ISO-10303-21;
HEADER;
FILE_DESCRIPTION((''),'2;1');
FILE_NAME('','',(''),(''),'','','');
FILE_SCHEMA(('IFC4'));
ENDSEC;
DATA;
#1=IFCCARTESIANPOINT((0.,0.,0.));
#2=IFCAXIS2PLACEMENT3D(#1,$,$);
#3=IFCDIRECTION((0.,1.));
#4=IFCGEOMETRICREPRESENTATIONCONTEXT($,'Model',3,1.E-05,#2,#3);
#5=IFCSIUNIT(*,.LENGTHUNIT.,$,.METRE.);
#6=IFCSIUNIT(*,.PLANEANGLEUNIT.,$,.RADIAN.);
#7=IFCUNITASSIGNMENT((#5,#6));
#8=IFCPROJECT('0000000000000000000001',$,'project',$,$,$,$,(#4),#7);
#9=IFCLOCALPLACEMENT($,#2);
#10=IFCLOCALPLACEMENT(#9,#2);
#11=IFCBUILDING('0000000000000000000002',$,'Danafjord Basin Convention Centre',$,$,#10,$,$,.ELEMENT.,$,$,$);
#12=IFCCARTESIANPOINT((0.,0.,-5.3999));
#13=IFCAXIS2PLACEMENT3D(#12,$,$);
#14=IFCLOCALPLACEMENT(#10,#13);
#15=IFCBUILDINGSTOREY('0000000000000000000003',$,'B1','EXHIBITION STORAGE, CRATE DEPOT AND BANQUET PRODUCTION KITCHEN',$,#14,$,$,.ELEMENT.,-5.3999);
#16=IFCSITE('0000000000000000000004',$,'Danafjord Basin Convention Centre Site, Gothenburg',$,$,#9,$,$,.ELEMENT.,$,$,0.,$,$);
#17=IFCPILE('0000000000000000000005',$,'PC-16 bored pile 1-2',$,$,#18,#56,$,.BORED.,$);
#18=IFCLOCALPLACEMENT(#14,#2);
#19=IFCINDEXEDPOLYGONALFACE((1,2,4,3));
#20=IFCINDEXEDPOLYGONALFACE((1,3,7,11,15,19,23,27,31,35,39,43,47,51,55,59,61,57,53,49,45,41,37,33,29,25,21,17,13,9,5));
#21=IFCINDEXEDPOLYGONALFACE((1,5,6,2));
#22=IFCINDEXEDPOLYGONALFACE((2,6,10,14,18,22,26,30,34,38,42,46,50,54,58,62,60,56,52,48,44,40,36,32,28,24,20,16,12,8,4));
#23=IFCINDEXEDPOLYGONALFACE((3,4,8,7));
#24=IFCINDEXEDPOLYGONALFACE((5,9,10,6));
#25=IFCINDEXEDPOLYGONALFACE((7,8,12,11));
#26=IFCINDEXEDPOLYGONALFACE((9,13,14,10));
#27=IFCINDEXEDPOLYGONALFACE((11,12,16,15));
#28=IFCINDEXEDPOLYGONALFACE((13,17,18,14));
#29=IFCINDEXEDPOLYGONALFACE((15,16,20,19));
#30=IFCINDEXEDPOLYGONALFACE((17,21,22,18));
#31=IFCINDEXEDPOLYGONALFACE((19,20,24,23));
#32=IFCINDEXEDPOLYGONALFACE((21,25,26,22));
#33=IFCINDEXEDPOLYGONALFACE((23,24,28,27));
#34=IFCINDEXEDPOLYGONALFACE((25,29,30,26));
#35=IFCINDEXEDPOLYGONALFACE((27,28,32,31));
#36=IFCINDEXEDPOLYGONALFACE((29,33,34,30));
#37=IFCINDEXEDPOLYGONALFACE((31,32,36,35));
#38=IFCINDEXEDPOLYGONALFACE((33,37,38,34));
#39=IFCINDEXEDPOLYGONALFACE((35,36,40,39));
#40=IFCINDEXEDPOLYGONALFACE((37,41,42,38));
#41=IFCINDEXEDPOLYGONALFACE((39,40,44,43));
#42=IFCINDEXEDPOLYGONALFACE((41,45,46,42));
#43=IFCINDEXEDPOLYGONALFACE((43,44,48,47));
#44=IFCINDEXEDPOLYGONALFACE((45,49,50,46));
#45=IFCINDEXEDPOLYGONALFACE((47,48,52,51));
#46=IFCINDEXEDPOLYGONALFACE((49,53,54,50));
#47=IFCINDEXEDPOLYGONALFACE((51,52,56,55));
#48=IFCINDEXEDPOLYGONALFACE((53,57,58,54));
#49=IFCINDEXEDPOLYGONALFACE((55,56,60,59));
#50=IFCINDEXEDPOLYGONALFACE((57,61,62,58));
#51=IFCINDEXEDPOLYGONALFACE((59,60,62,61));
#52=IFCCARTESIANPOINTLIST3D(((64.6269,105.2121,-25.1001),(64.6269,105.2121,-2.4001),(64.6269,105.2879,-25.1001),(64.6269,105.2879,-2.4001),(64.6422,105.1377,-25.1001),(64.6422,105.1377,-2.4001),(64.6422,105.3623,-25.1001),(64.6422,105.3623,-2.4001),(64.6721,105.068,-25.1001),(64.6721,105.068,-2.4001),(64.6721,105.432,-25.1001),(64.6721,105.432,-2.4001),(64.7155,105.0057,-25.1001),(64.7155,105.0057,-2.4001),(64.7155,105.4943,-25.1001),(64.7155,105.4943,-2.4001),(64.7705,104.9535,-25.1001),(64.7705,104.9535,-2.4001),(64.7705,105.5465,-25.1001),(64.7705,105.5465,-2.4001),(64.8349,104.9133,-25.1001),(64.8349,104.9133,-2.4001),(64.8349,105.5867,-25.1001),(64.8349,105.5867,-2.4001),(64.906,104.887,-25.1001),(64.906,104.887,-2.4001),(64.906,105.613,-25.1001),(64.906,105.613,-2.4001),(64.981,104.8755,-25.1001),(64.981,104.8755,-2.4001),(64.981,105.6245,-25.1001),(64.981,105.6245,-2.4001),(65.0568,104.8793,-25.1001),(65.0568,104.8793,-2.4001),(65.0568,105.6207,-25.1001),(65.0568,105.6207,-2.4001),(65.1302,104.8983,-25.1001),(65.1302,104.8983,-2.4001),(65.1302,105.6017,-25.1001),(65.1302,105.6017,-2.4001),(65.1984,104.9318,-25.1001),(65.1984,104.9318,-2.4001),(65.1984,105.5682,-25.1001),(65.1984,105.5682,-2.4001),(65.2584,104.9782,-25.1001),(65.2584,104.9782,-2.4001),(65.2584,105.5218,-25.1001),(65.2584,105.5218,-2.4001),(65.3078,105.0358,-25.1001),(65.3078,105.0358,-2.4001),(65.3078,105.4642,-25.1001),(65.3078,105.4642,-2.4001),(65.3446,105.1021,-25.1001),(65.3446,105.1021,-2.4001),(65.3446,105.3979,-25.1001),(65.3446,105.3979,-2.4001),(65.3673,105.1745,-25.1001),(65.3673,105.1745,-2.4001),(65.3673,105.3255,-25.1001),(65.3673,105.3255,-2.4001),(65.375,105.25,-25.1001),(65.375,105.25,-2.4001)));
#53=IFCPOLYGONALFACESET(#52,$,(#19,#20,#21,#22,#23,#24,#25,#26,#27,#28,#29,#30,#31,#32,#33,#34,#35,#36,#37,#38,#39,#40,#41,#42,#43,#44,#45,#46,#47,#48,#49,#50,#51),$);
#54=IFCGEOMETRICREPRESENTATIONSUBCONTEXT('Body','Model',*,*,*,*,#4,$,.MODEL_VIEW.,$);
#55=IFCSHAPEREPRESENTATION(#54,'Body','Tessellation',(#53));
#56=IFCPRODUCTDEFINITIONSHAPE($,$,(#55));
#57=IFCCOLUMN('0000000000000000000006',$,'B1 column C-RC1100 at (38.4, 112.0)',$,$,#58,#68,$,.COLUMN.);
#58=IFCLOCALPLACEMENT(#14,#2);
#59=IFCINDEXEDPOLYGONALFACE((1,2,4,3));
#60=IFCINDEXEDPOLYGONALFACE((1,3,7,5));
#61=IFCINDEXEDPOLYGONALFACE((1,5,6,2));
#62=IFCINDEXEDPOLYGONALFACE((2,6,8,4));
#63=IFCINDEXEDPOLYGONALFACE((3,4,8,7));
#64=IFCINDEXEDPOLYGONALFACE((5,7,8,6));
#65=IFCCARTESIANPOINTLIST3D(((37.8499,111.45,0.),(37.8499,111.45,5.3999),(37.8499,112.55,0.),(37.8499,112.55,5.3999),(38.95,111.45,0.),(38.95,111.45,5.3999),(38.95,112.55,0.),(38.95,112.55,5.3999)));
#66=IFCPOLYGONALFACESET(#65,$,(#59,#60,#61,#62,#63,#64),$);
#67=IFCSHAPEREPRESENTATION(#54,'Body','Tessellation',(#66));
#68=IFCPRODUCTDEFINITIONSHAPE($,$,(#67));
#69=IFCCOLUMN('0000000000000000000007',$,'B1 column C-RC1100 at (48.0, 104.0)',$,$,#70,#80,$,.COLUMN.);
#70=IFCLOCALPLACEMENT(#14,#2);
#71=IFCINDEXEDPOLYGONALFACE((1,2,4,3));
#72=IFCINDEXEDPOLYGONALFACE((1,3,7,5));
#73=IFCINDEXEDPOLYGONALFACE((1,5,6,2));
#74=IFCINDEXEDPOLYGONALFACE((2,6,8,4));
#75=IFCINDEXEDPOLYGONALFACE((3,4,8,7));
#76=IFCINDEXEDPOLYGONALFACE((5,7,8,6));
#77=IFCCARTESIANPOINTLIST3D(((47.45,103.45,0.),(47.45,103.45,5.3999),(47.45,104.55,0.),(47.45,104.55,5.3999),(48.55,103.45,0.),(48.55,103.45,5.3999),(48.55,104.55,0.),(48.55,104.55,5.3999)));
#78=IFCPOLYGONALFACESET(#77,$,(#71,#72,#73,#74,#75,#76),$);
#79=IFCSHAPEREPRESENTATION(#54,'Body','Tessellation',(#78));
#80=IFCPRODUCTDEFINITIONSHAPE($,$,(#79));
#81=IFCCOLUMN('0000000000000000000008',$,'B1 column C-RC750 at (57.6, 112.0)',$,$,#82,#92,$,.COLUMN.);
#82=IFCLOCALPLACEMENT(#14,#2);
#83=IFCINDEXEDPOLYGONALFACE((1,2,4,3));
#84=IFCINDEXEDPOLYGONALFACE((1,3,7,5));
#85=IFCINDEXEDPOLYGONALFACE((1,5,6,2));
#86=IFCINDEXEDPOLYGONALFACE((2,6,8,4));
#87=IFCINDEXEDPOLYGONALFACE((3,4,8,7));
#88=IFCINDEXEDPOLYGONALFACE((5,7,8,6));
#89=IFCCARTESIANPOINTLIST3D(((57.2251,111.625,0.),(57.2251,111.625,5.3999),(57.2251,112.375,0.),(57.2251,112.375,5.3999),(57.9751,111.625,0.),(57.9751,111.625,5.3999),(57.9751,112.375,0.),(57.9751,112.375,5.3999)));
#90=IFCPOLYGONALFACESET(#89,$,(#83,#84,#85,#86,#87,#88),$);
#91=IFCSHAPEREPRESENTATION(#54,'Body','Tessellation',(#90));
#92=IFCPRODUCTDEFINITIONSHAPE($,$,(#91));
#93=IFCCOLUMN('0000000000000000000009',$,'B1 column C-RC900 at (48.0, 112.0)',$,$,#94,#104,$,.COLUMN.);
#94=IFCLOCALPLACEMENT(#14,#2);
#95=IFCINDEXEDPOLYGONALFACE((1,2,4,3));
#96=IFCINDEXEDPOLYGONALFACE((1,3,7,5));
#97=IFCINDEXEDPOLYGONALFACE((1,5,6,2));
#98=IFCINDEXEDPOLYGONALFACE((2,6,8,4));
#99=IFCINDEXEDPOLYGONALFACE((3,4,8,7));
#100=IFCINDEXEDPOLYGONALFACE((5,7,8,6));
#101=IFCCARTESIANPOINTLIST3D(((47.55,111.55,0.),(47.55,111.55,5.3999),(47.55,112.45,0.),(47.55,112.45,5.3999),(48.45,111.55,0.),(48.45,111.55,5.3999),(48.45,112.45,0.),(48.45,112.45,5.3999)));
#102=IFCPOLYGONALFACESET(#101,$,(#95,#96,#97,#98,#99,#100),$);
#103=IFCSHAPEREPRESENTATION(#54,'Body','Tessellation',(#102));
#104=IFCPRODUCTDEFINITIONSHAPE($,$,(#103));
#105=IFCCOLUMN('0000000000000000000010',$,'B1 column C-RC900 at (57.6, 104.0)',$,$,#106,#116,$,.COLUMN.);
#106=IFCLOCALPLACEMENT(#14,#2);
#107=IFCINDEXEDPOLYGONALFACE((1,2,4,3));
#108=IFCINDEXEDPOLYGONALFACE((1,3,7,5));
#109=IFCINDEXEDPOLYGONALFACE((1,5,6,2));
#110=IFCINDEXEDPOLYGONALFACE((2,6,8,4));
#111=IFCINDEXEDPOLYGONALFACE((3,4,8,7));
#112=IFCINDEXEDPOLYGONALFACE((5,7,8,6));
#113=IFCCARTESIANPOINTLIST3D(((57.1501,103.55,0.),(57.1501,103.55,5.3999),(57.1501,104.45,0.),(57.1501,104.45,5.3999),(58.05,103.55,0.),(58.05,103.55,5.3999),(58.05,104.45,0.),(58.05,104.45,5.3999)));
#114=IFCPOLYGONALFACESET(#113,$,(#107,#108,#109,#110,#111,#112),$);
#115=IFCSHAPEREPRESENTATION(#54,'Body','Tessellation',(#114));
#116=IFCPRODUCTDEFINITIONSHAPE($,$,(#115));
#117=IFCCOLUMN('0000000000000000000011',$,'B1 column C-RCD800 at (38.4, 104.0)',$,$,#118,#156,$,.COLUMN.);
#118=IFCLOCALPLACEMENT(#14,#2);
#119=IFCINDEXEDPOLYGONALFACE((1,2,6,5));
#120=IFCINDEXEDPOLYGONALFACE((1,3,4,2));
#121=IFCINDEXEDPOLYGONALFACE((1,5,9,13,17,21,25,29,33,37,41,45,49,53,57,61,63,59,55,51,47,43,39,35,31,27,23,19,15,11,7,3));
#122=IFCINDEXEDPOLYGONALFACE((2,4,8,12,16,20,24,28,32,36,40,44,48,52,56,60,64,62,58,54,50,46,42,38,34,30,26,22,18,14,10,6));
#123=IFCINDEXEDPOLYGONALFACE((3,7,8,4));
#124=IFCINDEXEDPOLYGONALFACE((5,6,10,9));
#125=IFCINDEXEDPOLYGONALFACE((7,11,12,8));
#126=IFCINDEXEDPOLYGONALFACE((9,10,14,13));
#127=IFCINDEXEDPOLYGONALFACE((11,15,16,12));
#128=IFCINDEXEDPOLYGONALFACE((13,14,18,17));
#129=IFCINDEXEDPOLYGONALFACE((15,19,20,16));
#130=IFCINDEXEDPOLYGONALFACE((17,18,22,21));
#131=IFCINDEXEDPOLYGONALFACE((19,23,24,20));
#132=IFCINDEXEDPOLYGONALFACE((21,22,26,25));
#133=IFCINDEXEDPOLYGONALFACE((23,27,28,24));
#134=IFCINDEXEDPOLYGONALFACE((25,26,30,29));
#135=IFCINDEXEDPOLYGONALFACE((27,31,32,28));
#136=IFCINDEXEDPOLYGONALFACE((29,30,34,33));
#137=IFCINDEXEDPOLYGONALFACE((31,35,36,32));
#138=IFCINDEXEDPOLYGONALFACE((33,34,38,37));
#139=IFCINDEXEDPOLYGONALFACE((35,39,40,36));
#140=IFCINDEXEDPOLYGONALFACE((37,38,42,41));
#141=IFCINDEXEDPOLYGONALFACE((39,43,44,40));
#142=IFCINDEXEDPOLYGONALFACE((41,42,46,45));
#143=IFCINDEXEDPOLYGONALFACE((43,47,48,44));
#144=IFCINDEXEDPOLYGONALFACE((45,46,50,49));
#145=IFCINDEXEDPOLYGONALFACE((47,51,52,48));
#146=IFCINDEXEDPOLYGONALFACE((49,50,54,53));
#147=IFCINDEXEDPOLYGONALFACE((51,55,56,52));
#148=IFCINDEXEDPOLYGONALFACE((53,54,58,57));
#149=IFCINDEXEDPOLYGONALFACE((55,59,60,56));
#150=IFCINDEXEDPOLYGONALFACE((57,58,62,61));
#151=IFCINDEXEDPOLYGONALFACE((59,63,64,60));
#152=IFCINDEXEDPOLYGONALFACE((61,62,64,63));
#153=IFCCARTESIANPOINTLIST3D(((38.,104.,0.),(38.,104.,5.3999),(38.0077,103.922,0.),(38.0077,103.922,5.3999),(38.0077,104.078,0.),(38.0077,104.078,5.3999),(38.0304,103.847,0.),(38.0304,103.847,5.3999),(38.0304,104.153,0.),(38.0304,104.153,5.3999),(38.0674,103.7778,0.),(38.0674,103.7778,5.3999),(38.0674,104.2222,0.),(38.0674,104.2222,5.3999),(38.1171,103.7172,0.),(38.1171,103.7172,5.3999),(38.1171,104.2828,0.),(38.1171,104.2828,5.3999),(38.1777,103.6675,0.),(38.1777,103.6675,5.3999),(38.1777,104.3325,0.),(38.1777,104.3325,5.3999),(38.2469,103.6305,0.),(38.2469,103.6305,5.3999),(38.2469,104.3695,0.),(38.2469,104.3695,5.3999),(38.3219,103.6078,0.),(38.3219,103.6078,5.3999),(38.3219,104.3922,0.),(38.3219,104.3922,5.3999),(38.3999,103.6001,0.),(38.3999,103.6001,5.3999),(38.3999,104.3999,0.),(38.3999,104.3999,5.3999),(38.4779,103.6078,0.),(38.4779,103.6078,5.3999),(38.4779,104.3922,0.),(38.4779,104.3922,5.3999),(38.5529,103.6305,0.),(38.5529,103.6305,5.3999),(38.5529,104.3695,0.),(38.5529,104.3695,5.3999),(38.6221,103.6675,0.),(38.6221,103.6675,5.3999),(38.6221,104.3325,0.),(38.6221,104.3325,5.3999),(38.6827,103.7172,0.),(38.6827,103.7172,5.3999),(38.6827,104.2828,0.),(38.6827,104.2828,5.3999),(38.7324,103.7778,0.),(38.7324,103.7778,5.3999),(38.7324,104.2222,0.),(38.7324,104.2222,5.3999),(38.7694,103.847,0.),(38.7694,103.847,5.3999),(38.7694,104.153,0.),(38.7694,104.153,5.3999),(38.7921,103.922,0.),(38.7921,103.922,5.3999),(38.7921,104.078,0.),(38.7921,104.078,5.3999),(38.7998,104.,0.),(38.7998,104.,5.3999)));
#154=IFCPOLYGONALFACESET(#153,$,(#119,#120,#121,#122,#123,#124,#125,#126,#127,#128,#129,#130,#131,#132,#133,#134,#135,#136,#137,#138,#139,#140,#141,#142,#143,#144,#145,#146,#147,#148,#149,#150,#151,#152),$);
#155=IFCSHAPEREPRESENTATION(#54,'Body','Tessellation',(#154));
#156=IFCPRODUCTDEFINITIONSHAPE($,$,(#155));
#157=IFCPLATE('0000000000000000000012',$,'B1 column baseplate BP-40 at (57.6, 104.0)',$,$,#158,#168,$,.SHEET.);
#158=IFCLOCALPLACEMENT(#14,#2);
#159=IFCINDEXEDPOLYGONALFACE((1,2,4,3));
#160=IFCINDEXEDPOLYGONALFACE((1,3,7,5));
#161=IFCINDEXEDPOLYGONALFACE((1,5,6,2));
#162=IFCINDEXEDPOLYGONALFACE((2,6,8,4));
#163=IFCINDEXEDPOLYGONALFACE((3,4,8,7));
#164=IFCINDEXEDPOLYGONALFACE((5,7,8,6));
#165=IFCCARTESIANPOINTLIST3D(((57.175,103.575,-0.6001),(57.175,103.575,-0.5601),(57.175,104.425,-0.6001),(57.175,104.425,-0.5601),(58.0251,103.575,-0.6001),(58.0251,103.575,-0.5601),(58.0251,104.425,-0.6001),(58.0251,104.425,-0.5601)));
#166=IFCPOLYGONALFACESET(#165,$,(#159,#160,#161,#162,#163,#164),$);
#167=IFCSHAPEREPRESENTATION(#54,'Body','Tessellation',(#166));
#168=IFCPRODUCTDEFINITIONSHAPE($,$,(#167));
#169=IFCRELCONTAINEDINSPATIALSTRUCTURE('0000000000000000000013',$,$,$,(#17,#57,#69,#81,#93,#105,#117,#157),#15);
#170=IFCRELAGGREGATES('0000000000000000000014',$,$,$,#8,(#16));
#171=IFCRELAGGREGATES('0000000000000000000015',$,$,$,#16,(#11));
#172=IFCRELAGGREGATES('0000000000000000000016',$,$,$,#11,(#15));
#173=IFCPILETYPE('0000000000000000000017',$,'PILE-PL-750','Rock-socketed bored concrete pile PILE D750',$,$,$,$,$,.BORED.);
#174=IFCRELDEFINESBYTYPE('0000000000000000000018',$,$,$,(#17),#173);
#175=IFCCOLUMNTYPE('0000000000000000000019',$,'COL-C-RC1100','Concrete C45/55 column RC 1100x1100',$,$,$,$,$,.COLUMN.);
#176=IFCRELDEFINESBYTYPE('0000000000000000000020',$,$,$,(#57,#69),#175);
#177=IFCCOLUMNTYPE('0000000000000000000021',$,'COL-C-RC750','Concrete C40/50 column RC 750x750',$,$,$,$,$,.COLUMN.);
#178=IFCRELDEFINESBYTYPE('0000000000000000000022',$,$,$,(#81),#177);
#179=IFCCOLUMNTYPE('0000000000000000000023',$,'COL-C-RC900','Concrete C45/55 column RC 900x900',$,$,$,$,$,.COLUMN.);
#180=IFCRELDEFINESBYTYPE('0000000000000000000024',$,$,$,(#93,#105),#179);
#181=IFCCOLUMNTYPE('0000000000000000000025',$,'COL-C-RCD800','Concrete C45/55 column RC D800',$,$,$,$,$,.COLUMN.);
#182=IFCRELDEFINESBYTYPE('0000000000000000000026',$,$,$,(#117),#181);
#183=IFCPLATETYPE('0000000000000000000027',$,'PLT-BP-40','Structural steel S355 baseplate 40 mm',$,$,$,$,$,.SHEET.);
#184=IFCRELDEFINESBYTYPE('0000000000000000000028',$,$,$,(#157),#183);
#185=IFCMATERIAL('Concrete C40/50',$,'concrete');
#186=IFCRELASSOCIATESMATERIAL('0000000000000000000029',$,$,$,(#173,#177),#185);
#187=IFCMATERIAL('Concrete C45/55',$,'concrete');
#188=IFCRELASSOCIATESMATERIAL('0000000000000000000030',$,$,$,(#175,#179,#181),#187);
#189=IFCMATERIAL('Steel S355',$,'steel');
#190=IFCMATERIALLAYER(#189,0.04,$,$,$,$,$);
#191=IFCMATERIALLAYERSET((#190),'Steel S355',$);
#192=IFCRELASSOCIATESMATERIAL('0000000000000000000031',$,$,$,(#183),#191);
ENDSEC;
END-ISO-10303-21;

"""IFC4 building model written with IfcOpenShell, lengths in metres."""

from ifc_helpers import new_model, si_unit, direction, frame, origin, origin_2d, place, context, subcontext, project, spatial, rectangle, circle, extrude, material, layer, layer_set, material_profile, profile_set, type_object, element, save


model = new_model("IFC4")

# Units and contexts
model_context = context("Model", 3, precision=1e-05, world=origin(), true_north=direction((0.0, 1.0)))
body_context = subcontext(model_context, "Body", "Model", "MODEL_VIEW")
ifc_project = project(units=[si_unit("LENGTHUNIT", "METRE"), si_unit("PLANEANGLEUNIT", "RADIAN")], contexts=[model_context])

# Site, building, storey
site_placement = place(None, origin())
site = spatial("IfcSite", under=ifc_project, at=site_placement, Name="Danafjord Basin Convention Centre Site, Gothenburg", CompositionType="ELEMENT", RefElevation=0.0)
building_placement = place(site_placement, origin())
building = spatial("IfcBuilding", under=site, at=building_placement, Name="Danafjord Basin Convention Centre", CompositionType="ELEMENT")
storey_placement = place(building_placement, frame((0.0, 0.0, -5.3999)))
storey = spatial("IfcBuildingStorey", under=building, at=storey_placement, Name="B1", Description="EXHIBITION STORAGE, CRATE DEPOT AND BANQUET PRODUCTION KITCHEN", CompositionType="ELEMENT", Elevation=-5.3999)

# Shared definitions
ifc_material_1 = material(Name="Concrete C40/50", Category="concrete")

# Pile
ifc_material_profile_1 = material_profile(ifc_material_1, circle(Radius=0.375, at=origin_2d()), Name="PILE D750")
ifc_profile_set_1 = profile_set([ifc_material_profile_1], Name="Concrete C40/50")
pile_type_1 = type_object("IfcPileType", Name="PILE-PL-750", Description="Rock-socketed bored concrete pile PILE D750", PredefinedType="BORED", material=ifc_profile_set_1)
for number, where, z_axis, x_axis, name in (
    (1, (65.0, 105.25, -2.4001), (0.0, 0.0, -1.0), (1.0, 0.0, 0.0), "PC-16 bored pile 1-2"),
):
    element("IfcPile", number, at=place(storey_placement, frame(where, z_axis=z_axis, x_axis=x_axis)), inside=storey, type_object=pile_type_1, Name=name, PredefinedType="BORED", context=body_context, shape_type="SweptSolid", body=[
        extrude(circle(Radius=0.375, at=origin_2d()), origin(), (0.0, 0.0, 1.0), 22.7),
    ])

# Columns
ifc_material_2 = material(Name="Concrete C45/55", Category="concrete")
ifc_material_profile_2 = material_profile(ifc_material_2, rectangle(XDim=1.1001, YDim=1.1001, at=origin_2d()), Name="RC 1100x1100")
ifc_profile_set_2 = profile_set([ifc_material_profile_2], Name="Concrete C45/55")
column_type_1 = type_object("IfcColumnType", Name="COL-C-RC1100", Description="Concrete C45/55 column RC 1100x1100", PredefinedType="COLUMN", material=ifc_profile_set_2)
for number, where, z_axis, x_axis, name in (
    (2, (38.3999, 112.0, 0.0), (0.0, 0.0, 1.0), (1.0, 0.0, 0.0), "B1 column C-RC1100 at (38.4, 112.0)"),
    (3, (48.0, 104.0, 0.0), (0.0, 0.0, 1.0), (1.0, 0.0, 0.0), "B1 column C-RC1100 at (48.0, 104.0)"),
):
    element("IfcColumn", number, at=place(storey_placement, frame(where, z_axis=z_axis, x_axis=x_axis)), inside=storey, type_object=column_type_1, Name=name, PredefinedType="COLUMN", context=body_context, shape_type="SweptSolid", body=[
        extrude(rectangle(XDim=1.1001, YDim=1.1001, at=origin_2d()), origin(), (0.0, 0.0, 1.0), 5.3999),
    ])
ifc_material_profile_3 = material_profile(ifc_material_1, rectangle(XDim=0.75, YDim=0.75, at=origin_2d()), Name="RC 750x750")
ifc_profile_set_3 = profile_set([ifc_material_profile_3], Name="Concrete C40/50")
column_type_2 = type_object("IfcColumnType", Name="COL-C-RC750", Description="Concrete C40/50 column RC 750x750", PredefinedType="COLUMN", material=ifc_profile_set_3)
column_1_placement = place(storey_placement, frame((57.6001, 112.0, 0.0), z_axis=(0.0, 0.0, 1.0), x_axis=(1.0, 0.0, 0.0)))
element("IfcColumn", 4, at=column_1_placement, inside=storey, type_object=column_type_2, Name="B1 column C-RC750 at (57.6, 112.0)", PredefinedType="COLUMN", context=body_context, shape_type="SweptSolid", body=[
    extrude(rectangle(XDim=0.75, YDim=0.75, at=origin_2d()), origin(), (0.0, 0.0, 1.0), 5.3999),
])
ifc_material_profile_4 = material_profile(ifc_material_2, rectangle(XDim=0.8999, YDim=0.8999, at=origin_2d()), Name="RC 900x900")
ifc_profile_set_4 = profile_set([ifc_material_profile_4], Name="Concrete C45/55")
column_type_3 = type_object("IfcColumnType", Name="COL-C-RC900", Description="Concrete C45/55 column RC 900x900", PredefinedType="COLUMN", material=ifc_profile_set_4)
for number, where, z_axis, x_axis, name in (
    (5, (48.0, 112.0, 0.0), (0.0, 0.0, 1.0), (1.0, 0.0, 0.0), "B1 column C-RC900 at (48.0, 112.0)"),
    (6, (57.6001, 104.0, 0.0), (0.0, 0.0, 1.0), (1.0, 0.0, 0.0), "B1 column C-RC900 at (57.6, 104.0)"),
):
    element("IfcColumn", number, at=place(storey_placement, frame(where, z_axis=z_axis, x_axis=x_axis)), inside=storey, type_object=column_type_3, Name=name, PredefinedType="COLUMN", context=body_context, shape_type="SweptSolid", body=[
        extrude(rectangle(XDim=0.8999, YDim=0.8999, at=origin_2d()), origin(), (0.0, 0.0, 1.0), 5.3999),
    ])
ifc_material_profile_5 = material_profile(ifc_material_2, circle(Radius=0.3999, at=origin_2d()), Name="RC D800")
ifc_profile_set_5 = profile_set([ifc_material_profile_5], Name="Concrete C45/55")
column_type_4 = type_object("IfcColumnType", Name="COL-C-RCD800", Description="Concrete C45/55 column RC D800", PredefinedType="COLUMN", material=ifc_profile_set_5)
column_2_placement = place(storey_placement, frame((38.3999, 104.0, 0.0), z_axis=(0.0, 0.0, 1.0), x_axis=(1.0, 0.0, 0.0)))
element("IfcColumn", 7, at=column_2_placement, inside=storey, type_object=column_type_4, Name="B1 column C-RCD800 at (38.4, 104.0)", PredefinedType="COLUMN", context=body_context, shape_type="SweptSolid", body=[
    extrude(circle(Radius=0.3999, at=origin_2d()), origin(), (0.0, 0.0, 1.0), 5.3999),
])

# Plate
ifc_material_3 = material(Name="Steel S355", Category="steel")
ifc_layer = layer(ifc_material_3, 0.04)
ifc_layer_set = layer_set([ifc_layer], Name="Steel S355")
plate_type = type_object("IfcPlateType", Name="PLT-BP-40", Description="Structural steel S355 baseplate 40 mm", PredefinedType="SHEET", material=ifc_layer_set)
plate_placement = place(storey_placement, frame((57.6001, 104.0, -0.6001), z_axis=(0.0, 0.0, 1.0), x_axis=(1.0, 0.0, 0.0)))
element("IfcPlate", 8, at=plate_placement, inside=storey, type_object=plate_type, Name="B1 column baseplate BP-40 at (57.6, 104.0)", PredefinedType="SHEET", context=body_context, shape_type="SweptSolid", body=[
    extrude(rectangle(XDim=0.8501, YDim=0.8501, at=origin_2d()), origin(), (0.0, 0.0, 1.0), 0.04),
])

save(model, "model.ifc")
